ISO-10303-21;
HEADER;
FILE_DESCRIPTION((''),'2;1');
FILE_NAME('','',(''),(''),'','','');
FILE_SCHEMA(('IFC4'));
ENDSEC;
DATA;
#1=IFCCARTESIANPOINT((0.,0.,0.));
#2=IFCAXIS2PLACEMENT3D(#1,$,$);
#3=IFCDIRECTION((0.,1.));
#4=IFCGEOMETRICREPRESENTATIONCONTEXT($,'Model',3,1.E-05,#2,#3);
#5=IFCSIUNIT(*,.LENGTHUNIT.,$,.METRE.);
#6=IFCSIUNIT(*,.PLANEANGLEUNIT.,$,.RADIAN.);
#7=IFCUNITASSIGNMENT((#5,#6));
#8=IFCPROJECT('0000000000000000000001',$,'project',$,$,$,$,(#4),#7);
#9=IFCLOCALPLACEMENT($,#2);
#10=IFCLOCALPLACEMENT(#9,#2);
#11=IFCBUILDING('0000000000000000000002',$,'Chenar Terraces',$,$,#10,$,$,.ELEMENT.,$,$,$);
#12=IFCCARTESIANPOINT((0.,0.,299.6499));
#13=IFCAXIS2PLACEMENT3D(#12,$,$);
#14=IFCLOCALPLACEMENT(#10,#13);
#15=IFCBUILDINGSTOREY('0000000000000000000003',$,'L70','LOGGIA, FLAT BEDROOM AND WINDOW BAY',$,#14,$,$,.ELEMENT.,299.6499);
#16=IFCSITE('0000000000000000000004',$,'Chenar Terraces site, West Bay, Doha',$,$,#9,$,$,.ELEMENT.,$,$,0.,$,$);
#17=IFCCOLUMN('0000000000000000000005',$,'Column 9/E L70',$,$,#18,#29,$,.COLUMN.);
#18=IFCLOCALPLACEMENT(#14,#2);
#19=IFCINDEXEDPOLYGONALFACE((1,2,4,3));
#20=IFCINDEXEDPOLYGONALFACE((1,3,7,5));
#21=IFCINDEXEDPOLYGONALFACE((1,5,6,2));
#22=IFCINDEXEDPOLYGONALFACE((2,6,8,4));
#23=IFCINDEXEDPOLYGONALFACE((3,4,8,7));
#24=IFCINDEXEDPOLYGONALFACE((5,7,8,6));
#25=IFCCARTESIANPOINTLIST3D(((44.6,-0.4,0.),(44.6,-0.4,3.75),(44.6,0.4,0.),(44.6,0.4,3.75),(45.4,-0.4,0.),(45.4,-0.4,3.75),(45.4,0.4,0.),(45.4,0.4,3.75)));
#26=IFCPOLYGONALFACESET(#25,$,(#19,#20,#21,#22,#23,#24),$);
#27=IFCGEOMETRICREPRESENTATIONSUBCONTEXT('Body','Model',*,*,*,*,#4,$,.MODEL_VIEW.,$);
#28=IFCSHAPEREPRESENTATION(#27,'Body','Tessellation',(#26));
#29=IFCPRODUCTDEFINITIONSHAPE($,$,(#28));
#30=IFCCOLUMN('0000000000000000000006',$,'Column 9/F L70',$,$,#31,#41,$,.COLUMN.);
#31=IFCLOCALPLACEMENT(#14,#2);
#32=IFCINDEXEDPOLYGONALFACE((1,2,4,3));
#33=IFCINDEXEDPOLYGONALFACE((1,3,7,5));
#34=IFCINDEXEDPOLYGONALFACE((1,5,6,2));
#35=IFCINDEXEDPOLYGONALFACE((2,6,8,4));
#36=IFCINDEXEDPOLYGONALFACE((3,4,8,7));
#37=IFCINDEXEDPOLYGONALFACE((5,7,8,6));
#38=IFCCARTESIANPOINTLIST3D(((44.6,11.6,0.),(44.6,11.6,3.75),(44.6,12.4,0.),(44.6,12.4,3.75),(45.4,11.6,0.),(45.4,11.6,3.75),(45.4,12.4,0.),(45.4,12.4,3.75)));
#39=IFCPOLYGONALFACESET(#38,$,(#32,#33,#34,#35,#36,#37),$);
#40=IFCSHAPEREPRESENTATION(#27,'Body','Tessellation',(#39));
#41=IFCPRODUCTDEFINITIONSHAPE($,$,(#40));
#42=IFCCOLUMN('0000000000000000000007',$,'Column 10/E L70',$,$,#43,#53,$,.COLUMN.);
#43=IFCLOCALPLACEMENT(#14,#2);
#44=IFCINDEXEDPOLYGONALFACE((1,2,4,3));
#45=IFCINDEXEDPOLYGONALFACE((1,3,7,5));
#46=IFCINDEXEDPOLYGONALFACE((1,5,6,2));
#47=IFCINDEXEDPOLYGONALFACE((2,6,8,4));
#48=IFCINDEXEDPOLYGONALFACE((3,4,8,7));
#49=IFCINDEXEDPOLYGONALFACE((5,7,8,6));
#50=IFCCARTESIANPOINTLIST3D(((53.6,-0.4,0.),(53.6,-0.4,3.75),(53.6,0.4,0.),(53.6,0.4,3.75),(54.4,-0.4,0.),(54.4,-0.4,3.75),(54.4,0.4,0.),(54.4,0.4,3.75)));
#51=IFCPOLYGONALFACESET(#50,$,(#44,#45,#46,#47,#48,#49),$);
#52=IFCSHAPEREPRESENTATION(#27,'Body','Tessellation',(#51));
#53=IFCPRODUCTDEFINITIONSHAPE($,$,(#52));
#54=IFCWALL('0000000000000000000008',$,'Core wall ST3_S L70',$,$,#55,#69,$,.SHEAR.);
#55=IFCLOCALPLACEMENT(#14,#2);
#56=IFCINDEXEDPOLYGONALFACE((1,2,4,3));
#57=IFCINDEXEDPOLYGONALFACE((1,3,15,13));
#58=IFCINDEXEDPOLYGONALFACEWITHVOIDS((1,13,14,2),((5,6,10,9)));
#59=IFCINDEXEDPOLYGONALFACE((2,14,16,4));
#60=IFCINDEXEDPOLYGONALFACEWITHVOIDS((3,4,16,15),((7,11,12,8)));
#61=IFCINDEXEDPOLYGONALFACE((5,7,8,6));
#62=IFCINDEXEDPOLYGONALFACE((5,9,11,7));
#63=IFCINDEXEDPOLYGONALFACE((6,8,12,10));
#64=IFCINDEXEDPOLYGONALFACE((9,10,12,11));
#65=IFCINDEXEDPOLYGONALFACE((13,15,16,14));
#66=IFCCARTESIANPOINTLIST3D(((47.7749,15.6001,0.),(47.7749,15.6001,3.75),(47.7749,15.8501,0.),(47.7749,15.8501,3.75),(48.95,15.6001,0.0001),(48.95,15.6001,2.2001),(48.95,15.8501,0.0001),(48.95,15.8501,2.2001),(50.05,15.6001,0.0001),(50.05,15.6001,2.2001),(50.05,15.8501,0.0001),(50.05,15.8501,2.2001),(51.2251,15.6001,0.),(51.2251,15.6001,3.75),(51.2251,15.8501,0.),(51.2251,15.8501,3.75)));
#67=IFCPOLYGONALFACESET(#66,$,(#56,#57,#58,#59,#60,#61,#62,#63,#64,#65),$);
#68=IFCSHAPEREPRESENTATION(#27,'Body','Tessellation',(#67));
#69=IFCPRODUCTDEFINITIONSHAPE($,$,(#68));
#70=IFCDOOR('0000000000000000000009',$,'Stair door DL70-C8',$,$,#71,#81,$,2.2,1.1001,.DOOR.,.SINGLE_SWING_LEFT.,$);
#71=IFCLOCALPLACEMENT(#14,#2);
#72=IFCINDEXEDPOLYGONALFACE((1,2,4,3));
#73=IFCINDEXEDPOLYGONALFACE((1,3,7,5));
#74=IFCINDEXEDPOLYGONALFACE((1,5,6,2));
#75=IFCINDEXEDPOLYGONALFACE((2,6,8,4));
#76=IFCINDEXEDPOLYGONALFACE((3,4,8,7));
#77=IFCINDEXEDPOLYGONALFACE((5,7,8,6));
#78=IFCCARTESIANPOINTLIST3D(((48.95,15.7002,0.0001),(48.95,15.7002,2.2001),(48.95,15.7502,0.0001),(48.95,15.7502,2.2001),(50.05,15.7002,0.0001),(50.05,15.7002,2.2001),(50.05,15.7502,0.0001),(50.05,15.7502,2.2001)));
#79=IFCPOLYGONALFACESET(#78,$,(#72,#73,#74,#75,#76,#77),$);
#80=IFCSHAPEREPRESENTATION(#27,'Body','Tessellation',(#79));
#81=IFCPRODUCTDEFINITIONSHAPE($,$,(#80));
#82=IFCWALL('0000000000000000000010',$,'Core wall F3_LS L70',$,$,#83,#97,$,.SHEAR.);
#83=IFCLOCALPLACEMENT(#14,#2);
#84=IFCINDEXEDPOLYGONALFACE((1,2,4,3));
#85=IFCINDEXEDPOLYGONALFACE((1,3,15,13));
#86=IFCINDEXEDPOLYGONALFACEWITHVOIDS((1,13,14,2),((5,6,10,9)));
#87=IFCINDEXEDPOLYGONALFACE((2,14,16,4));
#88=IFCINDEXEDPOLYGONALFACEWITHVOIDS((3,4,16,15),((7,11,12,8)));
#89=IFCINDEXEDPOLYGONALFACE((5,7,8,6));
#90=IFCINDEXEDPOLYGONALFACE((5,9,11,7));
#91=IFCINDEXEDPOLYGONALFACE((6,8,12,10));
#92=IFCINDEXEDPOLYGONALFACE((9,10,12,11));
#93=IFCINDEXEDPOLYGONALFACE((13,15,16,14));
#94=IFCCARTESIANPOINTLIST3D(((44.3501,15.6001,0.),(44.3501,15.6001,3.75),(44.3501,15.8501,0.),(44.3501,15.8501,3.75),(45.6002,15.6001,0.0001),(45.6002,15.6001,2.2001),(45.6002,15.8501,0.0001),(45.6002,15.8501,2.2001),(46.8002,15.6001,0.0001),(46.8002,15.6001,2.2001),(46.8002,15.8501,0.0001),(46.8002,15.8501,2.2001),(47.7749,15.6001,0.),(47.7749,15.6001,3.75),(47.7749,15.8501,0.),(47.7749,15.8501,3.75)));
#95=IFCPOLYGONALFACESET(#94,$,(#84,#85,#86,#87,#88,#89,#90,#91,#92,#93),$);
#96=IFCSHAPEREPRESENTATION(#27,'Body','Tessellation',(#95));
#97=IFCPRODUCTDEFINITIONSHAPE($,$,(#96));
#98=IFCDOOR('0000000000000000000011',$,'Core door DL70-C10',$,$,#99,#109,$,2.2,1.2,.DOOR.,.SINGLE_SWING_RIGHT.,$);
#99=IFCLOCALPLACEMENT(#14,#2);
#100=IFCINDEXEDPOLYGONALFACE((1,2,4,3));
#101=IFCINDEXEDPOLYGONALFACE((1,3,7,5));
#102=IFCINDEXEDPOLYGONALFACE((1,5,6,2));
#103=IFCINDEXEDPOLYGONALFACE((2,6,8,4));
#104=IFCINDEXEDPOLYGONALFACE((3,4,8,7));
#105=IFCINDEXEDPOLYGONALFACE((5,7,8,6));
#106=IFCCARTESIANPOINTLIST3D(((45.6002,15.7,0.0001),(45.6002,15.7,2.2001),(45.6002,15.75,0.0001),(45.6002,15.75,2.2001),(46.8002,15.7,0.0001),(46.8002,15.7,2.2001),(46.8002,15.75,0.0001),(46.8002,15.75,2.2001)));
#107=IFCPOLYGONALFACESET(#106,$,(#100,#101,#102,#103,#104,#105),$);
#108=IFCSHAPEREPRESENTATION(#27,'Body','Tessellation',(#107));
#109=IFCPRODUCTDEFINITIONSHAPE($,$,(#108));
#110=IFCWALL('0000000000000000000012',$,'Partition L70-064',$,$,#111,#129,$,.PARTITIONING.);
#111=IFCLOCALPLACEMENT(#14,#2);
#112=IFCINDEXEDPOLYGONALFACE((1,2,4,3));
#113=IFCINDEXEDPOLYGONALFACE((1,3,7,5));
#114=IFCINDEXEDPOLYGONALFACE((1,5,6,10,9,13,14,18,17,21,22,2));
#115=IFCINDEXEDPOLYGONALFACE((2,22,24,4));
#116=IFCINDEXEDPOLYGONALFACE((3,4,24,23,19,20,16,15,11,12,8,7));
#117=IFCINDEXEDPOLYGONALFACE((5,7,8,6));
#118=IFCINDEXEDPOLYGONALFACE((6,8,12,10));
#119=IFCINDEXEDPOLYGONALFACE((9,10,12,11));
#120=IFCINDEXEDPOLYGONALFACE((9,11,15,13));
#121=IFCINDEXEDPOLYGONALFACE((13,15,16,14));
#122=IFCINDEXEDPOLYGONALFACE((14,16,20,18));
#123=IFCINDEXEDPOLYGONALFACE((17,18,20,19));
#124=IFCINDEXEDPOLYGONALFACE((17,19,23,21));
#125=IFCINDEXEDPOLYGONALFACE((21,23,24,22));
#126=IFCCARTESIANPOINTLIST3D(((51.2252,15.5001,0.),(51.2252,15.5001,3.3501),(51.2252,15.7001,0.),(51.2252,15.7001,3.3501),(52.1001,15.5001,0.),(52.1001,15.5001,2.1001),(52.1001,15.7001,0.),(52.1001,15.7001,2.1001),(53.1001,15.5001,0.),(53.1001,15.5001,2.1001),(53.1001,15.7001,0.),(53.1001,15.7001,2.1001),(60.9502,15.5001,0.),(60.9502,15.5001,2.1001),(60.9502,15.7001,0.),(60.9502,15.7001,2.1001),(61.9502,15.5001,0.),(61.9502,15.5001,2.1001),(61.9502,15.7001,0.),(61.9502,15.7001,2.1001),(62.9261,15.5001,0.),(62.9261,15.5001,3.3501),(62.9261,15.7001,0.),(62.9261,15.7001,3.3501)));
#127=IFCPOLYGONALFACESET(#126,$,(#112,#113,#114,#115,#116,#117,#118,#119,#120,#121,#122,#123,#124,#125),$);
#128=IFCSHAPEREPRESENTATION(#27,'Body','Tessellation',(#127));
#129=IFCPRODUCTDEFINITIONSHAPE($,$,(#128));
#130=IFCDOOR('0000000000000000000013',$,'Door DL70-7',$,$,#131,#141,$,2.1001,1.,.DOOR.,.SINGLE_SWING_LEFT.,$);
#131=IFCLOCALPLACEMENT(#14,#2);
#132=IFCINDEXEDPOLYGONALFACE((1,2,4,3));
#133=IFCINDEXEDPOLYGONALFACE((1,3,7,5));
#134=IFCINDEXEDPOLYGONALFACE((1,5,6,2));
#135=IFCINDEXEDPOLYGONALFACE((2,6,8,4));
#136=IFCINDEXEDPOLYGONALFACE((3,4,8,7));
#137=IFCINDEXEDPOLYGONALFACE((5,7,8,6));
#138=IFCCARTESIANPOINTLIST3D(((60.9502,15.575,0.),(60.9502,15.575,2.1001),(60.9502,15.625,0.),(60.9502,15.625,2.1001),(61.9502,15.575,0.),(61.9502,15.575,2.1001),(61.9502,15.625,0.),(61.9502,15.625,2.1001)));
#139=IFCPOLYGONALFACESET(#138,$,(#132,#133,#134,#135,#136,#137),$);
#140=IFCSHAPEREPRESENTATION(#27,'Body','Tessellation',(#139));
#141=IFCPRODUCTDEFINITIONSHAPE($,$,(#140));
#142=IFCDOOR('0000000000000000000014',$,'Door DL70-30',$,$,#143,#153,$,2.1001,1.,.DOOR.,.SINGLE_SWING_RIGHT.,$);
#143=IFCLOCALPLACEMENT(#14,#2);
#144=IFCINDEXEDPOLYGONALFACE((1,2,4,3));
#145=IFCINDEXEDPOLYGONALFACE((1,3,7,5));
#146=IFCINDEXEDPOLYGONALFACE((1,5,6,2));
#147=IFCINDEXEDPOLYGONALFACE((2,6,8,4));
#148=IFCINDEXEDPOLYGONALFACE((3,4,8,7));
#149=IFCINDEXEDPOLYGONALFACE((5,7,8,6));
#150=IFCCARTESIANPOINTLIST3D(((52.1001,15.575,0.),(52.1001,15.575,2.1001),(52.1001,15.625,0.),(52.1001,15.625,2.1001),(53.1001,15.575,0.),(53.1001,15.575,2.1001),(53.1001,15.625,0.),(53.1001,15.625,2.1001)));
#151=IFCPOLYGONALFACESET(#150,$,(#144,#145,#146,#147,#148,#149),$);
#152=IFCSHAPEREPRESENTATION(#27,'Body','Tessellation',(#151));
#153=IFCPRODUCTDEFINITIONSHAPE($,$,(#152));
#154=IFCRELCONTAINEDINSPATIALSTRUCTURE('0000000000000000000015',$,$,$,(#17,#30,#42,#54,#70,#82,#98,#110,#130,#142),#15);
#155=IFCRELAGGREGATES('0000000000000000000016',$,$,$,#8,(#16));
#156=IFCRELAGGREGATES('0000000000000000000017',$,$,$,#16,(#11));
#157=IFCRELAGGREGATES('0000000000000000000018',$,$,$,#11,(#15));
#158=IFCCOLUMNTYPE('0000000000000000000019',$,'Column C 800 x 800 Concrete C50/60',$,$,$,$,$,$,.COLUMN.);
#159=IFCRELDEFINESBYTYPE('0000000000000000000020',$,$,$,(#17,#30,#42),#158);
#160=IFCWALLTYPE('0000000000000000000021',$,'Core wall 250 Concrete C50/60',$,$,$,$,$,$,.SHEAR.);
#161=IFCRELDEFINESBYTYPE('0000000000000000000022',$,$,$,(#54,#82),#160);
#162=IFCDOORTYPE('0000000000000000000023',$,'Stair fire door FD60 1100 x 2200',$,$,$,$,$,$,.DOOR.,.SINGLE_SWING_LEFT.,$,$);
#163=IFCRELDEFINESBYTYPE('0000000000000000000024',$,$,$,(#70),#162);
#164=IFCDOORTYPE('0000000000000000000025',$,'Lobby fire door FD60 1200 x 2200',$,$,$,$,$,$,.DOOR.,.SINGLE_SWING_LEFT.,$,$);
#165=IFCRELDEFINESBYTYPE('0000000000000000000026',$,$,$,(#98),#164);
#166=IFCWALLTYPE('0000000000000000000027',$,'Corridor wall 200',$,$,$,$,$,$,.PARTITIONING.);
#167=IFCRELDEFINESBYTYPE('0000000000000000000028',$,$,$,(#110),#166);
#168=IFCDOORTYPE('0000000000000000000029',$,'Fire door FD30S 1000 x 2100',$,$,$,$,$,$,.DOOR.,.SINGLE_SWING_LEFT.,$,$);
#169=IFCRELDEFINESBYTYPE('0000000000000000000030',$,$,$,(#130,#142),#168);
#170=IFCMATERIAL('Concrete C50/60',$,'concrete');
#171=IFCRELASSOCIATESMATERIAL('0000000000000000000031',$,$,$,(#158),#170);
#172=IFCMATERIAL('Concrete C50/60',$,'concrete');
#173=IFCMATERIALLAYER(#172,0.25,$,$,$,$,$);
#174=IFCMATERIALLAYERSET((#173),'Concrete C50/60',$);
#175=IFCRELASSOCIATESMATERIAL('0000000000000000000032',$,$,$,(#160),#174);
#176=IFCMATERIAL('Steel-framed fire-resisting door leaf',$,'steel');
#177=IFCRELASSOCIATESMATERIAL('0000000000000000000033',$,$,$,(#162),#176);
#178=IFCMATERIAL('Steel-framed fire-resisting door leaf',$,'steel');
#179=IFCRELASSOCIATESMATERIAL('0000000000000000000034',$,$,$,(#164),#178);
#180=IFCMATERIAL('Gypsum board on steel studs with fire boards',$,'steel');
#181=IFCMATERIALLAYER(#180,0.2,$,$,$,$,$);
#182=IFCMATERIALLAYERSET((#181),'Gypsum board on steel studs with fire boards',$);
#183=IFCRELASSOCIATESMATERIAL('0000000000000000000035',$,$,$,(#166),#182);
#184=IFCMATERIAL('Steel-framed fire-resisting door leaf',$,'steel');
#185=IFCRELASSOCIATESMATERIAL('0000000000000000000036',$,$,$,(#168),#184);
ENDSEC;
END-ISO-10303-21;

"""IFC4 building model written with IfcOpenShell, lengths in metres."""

from ifc_helpers import new_model, si_unit, direction, frame, frame_2d, origin, origin_2d, place, context, subcontext, project, spatial, rectangle, extrude, material, layer, layer_set, material_profile, profile_set, type_object, element, fill, save


model = new_model("IFC4")

# Units and contexts
model_context = context("Model", 3, precision=1e-05, world=origin(), true_north=direction((0.0, 1.0)))
body_context = subcontext(model_context, "Body", "Model", "MODEL_VIEW")
ifc_project = project(units=[si_unit("LENGTHUNIT", "METRE"), si_unit("PLANEANGLEUNIT", "RADIAN")], contexts=[model_context])

# Site, building, storey
site_placement = place(None, origin())
site = spatial("IfcSite", under=ifc_project, at=site_placement, Name="Chenar Terraces site, West Bay, Doha", CompositionType="ELEMENT", RefElevation=0.0)
building_placement = place(site_placement, origin())
building = spatial("IfcBuilding", under=site, at=building_placement, Name="Chenar Terraces", CompositionType="ELEMENT")
storey_placement = place(building_placement, frame((0.0, 0.0, 299.6499)))
storey = spatial("IfcBuildingStorey", under=building, at=storey_placement, Name="L70", Description="LOGGIA, FLAT BEDROOM AND WINDOW BAY", CompositionType="ELEMENT", Elevation=299.6499)

# Columns
ifc_material_1 = material(Name="Concrete C50/60", Category="concrete")
ifc_material_profile = material_profile(ifc_material_1, rectangle(XDim=0.8, YDim=0.8, at=origin_2d()), Name="C 800 x 800")
ifc_profile_set = profile_set([ifc_material_profile], Name="Concrete C50/60")
column_type = type_object("IfcColumnType", Name="Column C 800 x 800 Concrete C50/60", PredefinedType="COLUMN", material=ifc_profile_set)
for number, where, z_axis, x_axis, name in (
    (1, (45.0, 0.0, 0.0), (0.0, 0.0, 1.0), (1.0, 0.0, 0.0), "Column 9/E L70"),
    (2, (45.0, 12.0, 0.0), (0.0, 0.0, 1.0), (1.0, 0.0, 0.0), "Column 9/F L70"),
    (3, (54.0, 0.0, 0.0), (0.0, 0.0, 1.0), (1.0, 0.0, 0.0), "Column 10/E L70"),
):
    element("IfcColumn", number, at=place(storey_placement, frame(where, z_axis=z_axis, x_axis=x_axis)), inside=storey, type_object=column_type, Name=name, PredefinedType="COLUMN", context=body_context, shape_type="SweptSolid", body=[
        extrude(rectangle(XDim=0.8, YDim=0.8, at=origin_2d()), origin(), (0.0, 0.0, 1.0), 3.75),
    ])

# Walls, openings, doors
ifc_material_2 = material(Name="Concrete C50/60", Category="concrete")
ifc_layer_1 = layer(ifc_material_2, 0.25)
ifc_layer_set_1 = layer_set([ifc_layer_1], Name="Concrete C50/60")
wall_type_1 = type_object("IfcWallType", Name="Core wall 250 Concrete C50/60", PredefinedType="SHEAR", material=ifc_layer_set_1)
wall_1_placement = place(storey_placement, frame((47.7749, 15.7251, 0.0), z_axis=(0.0, 0.0, 1.0), x_axis=(1.0, 0.0, 0.0)))
wall_1 = element("IfcWall", 4, at=wall_1_placement, inside=storey, type_object=wall_type_1, Name="Core wall ST3_S L70", PredefinedType="SHEAR", context=body_context, shape_type="SweptSolid", body=[
    extrude(rectangle(XDim=3.4502, YDim=0.25, at=frame_2d((1.7251, 0.0))), origin(), (0.0, 0.0, 1.0), 3.75),
])
opening_1_placement = place(wall_1_placement, frame((1.175, 0.0, 0.0)))
opening_1 = element("IfcOpeningElement", 5, at=opening_1_placement, cuts=wall_1, PredefinedType="OPENING", context=body_context, shape_type="SweptSolid", body=[
    extrude(rectangle(XDim=1.1001, YDim=2.2, at=frame_2d((0.55, 1.1001))), frame((0.0, 0.135, 0.0), z_axis=(0.0, -1.0, 0.0), x_axis=(1.0, 0.0, 0.0)), (0.0, 0.0, 1.0), 0.27),
])
ifc_material_3 = material(Name="Steel-framed fire-resisting door leaf", Category="steel")
door_type_1 = type_object("IfcDoorType", Name="Stair fire door FD60 1100 x 2200", OperationType="SINGLE_SWING_LEFT", PredefinedType="DOOR", material=ifc_material_3)
door_1_placement = place(opening_1_placement, frame((1.1001, 0.0, 0.0), z_axis=(0.0, 0.0, 1.0), x_axis=(-1.0, 0.0, 0.0)))
door_1 = element("IfcDoor", 6, at=door_1_placement, inside=storey, type_object=door_type_1, Name="Stair door DL70-C8", OperationType="SINGLE_SWING_LEFT", OverallHeight=2.2, OverallWidth=1.1001, PredefinedType="DOOR", context=body_context, shape_type="SweptSolid", body=[
    extrude(rectangle(XDim=1.1001, YDim=2.2, at=frame_2d((0.55, 1.1001))), frame((0.0, 0.0249, 0.0), z_axis=(0.0, -1.0, 0.0), x_axis=(1.0, 0.0, 0.0)), (0.0, 0.0, 1.0), 0.05),
])
fill(opening_1, door_1)
wall_2_placement = place(storey_placement, frame((44.3501, 15.7251, 0.0), z_axis=(0.0, 0.0, 1.0), x_axis=(1.0, 0.0, 0.0)))
wall_2 = element("IfcWall", 7, at=wall_2_placement, inside=storey, type_object=wall_type_1, Name="Core wall F3_LS L70", PredefinedType="SHEAR", context=body_context, shape_type="SweptSolid", body=[
    extrude(rectangle(XDim=3.4248, YDim=0.25, at=frame_2d((1.7124, 0.0))), origin(), (0.0, 0.0, 1.0), 3.75),
])
opening_2_placement = place(wall_2_placement, frame((1.25, 0.0, 0.0)))
opening_2 = element("IfcOpeningElement", 8, at=opening_2_placement, cuts=wall_2, PredefinedType="OPENING", context=body_context, shape_type="SweptSolid", body=[
    extrude(rectangle(XDim=1.2, YDim=2.2, at=frame_2d((0.6001, 1.1001))), frame((0.0, 0.135, 0.0), z_axis=(0.0, -1.0, 0.0), x_axis=(1.0, 0.0, 0.0)), (0.0, 0.0, 1.0), 0.27),
])
ifc_material_4 = material(Name="Steel-framed fire-resisting door leaf", Category="steel")
door_type_2 = type_object("IfcDoorType", Name="Lobby fire door FD60 1200 x 2200", OperationType="SINGLE_SWING_LEFT", PredefinedType="DOOR", material=ifc_material_4)
door_2_placement = place(opening_2_placement, origin())
door_2 = element("IfcDoor", 9, at=door_2_placement, inside=storey, type_object=door_type_2, Name="Core door DL70-C10", OperationType="SINGLE_SWING_RIGHT", OverallHeight=2.2, OverallWidth=1.2, PredefinedType="DOOR", context=body_context, shape_type="SweptSolid", body=[
    extrude(rectangle(XDim=1.2, YDim=2.2, at=frame_2d((0.6001, 1.1001))), frame((0.0, 0.0249, 0.0), z_axis=(0.0, -1.0, 0.0), x_axis=(1.0, 0.0, 0.0)), (0.0, 0.0, 1.0), 0.05),
])
fill(opening_2, door_2)

# Wall, openings, doors
ifc_material_5 = material(Name="Gypsum board on steel studs with fire boards", Category="steel")
ifc_layer_2 = layer(ifc_material_5, 0.2)
ifc_layer_set_2 = layer_set([ifc_layer_2], Name="Gypsum board on steel studs with fire boards")
wall_type_2 = type_object("IfcWallType", Name="Corridor wall 200", PredefinedType="PARTITIONING", material=ifc_layer_set_2)
wall_3_placement = place(storey_placement, frame((51.2251, 15.6001, 0.0), z_axis=(0.0, 0.0, 1.0), x_axis=(1.0, 0.0, 0.0)))
wall_3 = element("IfcWall", 10, at=wall_3_placement, inside=storey, type_object=wall_type_2, Name="Partition L70-064", PredefinedType="PARTITIONING", context=body_context, shape_type="SweptSolid", body=[
    extrude(rectangle(XDim=11.7009, YDim=0.2, at=frame_2d((5.8506, 0.0))), origin(), (0.0, 0.0, 1.0), 3.3501),
])
opening_3_placement = place(wall_3_placement, frame((9.7251, 0.0, 0.0)))
opening_3 = element("IfcOpeningElement", 11, at=opening_3_placement, cuts=wall_3, PredefinedType="OPENING", context=body_context, shape_type="SweptSolid", body=[
    extrude(rectangle(XDim=1.0, YDim=2.1001, at=frame_2d((0.5, 1.05))), frame((0.0, 0.1099, 0.0), z_axis=(0.0, -1.0, 0.0), x_axis=(1.0, 0.0, 0.0)), (0.0, 0.0, 1.0), 0.22),
])
opening_4_placement = place(wall_3_placement, frame((0.875, 0.0, 0.0)))
opening_4 = element("IfcOpeningElement", 12, at=opening_4_placement, cuts=wall_3, PredefinedType="OPENING", context=body_context, shape_type="SweptSolid", body=[
    extrude(rectangle(XDim=1.0, YDim=2.1001, at=frame_2d((0.5, 1.05))), frame((0.0, 0.1099, 0.0), z_axis=(0.0, -1.0, 0.0), x_axis=(1.0, 0.0, 0.0)), (0.0, 0.0, 1.0), 0.22),
])
ifc_material_6 = material(Name="Steel-framed fire-resisting door leaf", Category="steel")
door_type_3 = type_object("IfcDoorType", Name="Fire door FD30S 1000 x 2100", OperationType="SINGLE_SWING_LEFT", PredefinedType="DOOR", material=ifc_material_6)
door_3_placement = place(opening_3_placement, origin())
door_3 = element("IfcDoor", 13, at=door_3_placement, inside=storey, type_object=door_type_3, Name="Door DL70-7", OperationType="SINGLE_SWING_LEFT", OverallHeight=2.1001, OverallWidth=1.0, PredefinedType="DOOR", context=body_context, shape_type="SweptSolid", body=[
    extrude(rectangle(XDim=1.0, YDim=2.1001, at=frame_2d((0.5, 1.05))), frame((0.0, 0.0249, 0.0), z_axis=(0.0, -1.0, 0.0), x_axis=(1.0, 0.0, 0.0)), (0.0, 0.0, 1.0), 0.05),
])
fill(opening_3, door_3)
door_4_placement = place(opening_4_placement, origin())
door_4 = element("IfcDoor", 14, at=door_4_placement, inside=storey, type_object=door_type_3, Name="Door DL70-30", OperationType="SINGLE_SWING_RIGHT", OverallHeight=2.1001, OverallWidth=1.0, PredefinedType="DOOR", context=body_context, shape_type="SweptSolid", body=[
    extrude(rectangle(XDim=1.0, YDim=2.1001, at=frame_2d((0.5, 1.05))), frame((0.0, 0.0249, 0.0), z_axis=(0.0, -1.0, 0.0), x_axis=(1.0, 0.0, 0.0)), (0.0, 0.0, 1.0), 0.05),
])
fill(opening_4, door_4)

save(model, "model.ifc")
